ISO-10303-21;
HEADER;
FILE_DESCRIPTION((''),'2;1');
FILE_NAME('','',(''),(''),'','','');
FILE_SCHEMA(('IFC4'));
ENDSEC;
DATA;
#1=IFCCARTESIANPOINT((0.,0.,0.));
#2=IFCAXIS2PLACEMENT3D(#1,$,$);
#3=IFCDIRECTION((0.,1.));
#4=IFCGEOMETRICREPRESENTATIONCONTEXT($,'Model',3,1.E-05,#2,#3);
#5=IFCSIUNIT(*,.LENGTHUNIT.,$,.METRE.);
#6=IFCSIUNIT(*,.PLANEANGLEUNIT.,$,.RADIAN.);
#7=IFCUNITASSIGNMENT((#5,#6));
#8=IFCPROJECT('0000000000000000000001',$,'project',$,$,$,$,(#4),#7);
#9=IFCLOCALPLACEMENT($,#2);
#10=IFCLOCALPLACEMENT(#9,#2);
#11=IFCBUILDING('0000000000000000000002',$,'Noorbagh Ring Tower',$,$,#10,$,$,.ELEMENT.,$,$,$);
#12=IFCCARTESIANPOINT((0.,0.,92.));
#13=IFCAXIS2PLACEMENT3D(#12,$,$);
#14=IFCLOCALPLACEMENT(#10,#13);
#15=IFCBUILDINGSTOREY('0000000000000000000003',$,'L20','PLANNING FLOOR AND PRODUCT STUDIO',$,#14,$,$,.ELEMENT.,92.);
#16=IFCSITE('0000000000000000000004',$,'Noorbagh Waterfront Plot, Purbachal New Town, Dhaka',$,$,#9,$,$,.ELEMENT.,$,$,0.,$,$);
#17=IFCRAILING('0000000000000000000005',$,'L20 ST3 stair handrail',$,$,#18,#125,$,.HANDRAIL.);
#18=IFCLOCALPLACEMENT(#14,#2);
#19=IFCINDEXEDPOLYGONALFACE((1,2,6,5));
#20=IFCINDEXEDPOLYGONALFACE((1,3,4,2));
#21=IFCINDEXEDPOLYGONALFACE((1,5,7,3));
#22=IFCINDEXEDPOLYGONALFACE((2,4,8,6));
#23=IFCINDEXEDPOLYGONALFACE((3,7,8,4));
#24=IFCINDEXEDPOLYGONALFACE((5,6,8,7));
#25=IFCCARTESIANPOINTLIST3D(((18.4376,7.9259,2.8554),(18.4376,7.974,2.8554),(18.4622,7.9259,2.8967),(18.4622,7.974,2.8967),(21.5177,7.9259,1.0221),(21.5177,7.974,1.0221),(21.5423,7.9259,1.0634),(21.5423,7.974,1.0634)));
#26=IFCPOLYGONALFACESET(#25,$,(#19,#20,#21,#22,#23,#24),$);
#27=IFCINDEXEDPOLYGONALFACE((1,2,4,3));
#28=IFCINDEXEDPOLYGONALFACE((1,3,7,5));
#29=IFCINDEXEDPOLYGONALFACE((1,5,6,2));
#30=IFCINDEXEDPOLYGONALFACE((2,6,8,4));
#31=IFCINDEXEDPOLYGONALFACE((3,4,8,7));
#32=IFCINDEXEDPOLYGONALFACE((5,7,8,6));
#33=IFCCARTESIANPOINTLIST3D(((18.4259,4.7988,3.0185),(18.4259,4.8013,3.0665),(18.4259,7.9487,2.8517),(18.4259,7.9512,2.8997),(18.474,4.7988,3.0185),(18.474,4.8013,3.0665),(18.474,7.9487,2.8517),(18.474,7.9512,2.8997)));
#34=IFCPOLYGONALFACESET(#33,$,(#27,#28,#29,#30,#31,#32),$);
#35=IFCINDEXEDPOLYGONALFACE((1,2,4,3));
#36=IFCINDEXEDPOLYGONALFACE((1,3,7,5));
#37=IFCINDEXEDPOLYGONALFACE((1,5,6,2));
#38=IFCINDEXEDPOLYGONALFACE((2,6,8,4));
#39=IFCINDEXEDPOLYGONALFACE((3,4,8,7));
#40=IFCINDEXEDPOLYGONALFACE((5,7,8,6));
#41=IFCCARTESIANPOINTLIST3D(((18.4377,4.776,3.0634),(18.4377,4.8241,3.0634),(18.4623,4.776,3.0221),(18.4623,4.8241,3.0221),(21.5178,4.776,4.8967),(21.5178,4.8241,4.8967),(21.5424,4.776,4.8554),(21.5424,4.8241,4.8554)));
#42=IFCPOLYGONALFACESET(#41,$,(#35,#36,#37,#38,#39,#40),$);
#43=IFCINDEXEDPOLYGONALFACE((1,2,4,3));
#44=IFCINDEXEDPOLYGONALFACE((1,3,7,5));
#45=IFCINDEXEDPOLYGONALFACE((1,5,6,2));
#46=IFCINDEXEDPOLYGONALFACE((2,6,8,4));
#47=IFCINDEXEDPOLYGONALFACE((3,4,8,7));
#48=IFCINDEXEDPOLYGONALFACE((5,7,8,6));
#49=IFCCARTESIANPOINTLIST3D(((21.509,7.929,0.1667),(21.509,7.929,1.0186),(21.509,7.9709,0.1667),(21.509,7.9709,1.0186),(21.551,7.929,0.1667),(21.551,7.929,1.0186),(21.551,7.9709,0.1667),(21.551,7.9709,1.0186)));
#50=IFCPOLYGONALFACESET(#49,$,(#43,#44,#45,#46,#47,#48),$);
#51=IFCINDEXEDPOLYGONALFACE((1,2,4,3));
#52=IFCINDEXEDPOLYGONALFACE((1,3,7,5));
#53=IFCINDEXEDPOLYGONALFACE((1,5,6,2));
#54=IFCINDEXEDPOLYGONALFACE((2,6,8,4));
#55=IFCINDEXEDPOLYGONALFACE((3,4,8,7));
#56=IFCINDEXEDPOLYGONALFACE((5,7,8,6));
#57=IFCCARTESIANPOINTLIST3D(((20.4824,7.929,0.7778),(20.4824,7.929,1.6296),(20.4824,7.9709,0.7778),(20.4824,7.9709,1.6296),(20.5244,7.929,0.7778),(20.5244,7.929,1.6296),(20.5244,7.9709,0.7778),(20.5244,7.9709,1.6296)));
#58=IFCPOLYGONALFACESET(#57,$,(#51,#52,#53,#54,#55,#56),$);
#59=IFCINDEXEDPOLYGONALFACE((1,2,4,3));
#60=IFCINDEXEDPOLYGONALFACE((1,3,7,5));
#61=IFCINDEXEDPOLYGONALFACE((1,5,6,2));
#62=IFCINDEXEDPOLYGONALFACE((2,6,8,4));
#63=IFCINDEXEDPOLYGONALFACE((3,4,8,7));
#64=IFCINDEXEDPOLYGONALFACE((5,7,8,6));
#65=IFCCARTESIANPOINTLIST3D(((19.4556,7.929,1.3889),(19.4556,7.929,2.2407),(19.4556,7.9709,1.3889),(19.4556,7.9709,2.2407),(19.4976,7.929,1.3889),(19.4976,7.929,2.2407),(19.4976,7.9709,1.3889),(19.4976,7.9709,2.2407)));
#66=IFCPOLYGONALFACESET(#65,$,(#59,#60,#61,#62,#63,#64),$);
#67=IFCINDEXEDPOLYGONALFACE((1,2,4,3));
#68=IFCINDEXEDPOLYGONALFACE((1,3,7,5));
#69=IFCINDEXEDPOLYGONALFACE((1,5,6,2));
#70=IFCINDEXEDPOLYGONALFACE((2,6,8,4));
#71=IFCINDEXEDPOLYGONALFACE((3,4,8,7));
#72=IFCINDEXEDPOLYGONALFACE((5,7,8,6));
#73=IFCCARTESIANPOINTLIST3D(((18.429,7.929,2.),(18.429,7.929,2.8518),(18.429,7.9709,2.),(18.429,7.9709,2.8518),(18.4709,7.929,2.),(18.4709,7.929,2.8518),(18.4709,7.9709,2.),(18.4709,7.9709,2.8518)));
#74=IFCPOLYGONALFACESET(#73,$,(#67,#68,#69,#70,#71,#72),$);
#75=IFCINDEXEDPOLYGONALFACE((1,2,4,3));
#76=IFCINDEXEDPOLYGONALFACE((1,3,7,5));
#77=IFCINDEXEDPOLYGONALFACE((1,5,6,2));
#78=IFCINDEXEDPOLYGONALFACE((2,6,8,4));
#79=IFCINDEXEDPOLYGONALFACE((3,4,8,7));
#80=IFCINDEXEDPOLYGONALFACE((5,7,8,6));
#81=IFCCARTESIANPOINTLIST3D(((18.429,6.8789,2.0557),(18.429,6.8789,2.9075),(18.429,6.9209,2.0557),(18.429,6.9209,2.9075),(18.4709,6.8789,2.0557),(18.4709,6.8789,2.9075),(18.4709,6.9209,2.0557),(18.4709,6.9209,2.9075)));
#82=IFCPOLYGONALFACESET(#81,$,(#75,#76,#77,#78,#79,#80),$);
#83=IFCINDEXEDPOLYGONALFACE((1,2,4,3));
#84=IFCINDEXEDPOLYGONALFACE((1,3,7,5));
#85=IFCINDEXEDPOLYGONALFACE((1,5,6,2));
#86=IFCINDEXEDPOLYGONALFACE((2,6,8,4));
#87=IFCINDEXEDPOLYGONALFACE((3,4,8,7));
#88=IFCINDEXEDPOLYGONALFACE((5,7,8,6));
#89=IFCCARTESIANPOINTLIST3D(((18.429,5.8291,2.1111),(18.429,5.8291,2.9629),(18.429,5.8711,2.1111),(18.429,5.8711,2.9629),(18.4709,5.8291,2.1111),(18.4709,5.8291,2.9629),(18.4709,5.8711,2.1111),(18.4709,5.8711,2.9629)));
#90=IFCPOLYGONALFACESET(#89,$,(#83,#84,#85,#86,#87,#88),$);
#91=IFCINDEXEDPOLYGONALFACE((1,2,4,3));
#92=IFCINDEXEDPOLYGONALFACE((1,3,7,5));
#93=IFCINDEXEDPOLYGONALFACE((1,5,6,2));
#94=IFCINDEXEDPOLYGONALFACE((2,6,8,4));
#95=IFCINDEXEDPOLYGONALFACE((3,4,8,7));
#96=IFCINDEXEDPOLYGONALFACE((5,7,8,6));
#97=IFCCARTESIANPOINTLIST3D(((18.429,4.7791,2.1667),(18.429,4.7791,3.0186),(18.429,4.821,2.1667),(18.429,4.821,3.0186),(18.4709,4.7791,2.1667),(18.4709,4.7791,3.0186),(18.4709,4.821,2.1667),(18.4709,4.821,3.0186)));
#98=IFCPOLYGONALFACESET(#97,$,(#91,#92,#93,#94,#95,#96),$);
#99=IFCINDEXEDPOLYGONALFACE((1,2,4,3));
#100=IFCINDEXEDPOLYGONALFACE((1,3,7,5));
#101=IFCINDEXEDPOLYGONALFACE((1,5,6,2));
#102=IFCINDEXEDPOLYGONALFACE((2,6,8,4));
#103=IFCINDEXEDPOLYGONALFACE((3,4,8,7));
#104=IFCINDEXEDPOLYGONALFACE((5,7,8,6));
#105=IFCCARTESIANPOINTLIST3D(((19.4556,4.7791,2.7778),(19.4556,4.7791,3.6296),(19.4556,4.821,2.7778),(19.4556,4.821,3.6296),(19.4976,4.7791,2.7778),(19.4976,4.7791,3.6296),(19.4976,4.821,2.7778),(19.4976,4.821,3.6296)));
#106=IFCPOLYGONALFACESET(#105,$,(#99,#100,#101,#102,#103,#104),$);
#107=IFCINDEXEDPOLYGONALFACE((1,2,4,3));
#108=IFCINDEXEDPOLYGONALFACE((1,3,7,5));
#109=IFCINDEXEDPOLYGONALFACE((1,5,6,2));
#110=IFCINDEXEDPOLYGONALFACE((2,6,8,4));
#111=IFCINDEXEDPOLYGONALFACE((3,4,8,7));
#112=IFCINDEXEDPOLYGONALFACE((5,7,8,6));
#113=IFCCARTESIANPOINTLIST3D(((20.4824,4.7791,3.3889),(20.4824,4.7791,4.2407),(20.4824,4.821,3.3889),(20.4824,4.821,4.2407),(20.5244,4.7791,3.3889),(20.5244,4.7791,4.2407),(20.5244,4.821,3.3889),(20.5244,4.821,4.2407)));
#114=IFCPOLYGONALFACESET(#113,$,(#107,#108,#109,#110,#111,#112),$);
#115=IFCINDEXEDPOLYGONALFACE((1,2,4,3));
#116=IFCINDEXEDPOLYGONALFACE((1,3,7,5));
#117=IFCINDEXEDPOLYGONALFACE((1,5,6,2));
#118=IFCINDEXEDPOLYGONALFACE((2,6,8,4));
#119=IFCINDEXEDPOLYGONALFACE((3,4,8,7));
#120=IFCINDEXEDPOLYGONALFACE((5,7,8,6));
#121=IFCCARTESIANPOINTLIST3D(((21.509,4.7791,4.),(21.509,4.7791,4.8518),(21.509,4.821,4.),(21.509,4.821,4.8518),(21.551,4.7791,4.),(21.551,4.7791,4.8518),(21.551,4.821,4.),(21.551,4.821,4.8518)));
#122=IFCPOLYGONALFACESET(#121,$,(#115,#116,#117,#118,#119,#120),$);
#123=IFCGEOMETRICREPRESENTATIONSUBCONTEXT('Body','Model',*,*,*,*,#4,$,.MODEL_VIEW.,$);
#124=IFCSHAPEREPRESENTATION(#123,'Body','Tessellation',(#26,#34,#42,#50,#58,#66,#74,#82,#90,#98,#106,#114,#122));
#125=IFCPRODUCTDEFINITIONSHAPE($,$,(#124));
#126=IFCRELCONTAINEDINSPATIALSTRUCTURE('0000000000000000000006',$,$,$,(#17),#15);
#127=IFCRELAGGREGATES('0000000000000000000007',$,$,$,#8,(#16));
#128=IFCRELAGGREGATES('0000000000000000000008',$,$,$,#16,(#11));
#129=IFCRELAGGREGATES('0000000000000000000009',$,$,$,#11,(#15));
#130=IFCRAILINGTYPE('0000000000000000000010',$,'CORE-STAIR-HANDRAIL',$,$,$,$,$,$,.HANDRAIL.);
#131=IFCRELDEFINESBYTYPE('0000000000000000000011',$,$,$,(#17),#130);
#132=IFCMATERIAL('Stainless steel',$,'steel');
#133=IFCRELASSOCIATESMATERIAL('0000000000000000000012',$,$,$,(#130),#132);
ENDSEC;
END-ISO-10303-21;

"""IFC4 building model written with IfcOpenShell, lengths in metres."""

from ifc_helpers import new_model, si_unit, direction, frame, origin, origin_2d, place, context, subcontext, project, spatial, rectangle, extrude, material, type_object, element, save


model = new_model("IFC4")

# Units and contexts
model_context = context("Model", 3, precision=1e-05, world=origin(), true_north=direction((0.0, 1.0)))
body_context = subcontext(model_context, "Body", "Model", "MODEL_VIEW")
ifc_project = project(units=[si_unit("LENGTHUNIT", "METRE"), si_unit("PLANEANGLEUNIT", "RADIAN")], contexts=[model_context])

# Site, building, storey
site_placement = place(None, origin())
site = spatial("IfcSite", under=ifc_project, at=site_placement, Name="Noorbagh Waterfront Plot, Purbachal New Town, Dhaka", CompositionType="ELEMENT", RefElevation=0.0)
building_placement = place(site_placement, origin())
building = spatial("IfcBuilding", under=site, at=building_placement, Name="Noorbagh Ring Tower", CompositionType="ELEMENT")
storey_placement = place(building_placement, frame((0.0, 0.0, 92.0)))
storey = spatial("IfcBuildingStorey", under=building, at=storey_placement, Name="L20", Description="PLANNING FLOOR AND PRODUCT STUDIO", CompositionType="ELEMENT", Elevation=92.0)

# Railing
ifc_material_1 = material(Name="Stainless steel", Category="steel")
railing_type_1 = type_object("IfcRailingType", Name="CORE-STAIR-HANDRAIL", PredefinedType="HANDRAIL", material=ifc_material_1)
railing_1_placement = place(storey_placement, frame((21.53, 7.95, 0.1667)))
element("IfcRailing", 1, at=railing_1_placement, inside=storey, type_object=railing_type_1, Name="L20 ST3 stair handrail", PredefinedType="HANDRAIL", context=body_context, shape_type="SweptSolid", body=[
    extrude(rectangle(XDim=0.0481, YDim=0.0481, at=origin_2d()), frame((0.0, 0.0, 0.876), z_axis=(-0.859309, 0.0, 0.511458), x_axis=(0.0, -1.0, 0.0)), (0.0, 0.0, 1.0), 3.5845),
    extrude(rectangle(XDim=0.0481, YDim=0.0481, at=origin_2d()), frame((-3.0801, 0.0, 2.709), z_axis=(0.0, -0.998602, 0.052864), x_axis=(1.0, 0.0, 0.0)), (0.0, 0.0, 1.0), 3.1543),
    extrude(rectangle(XDim=0.0481, YDim=0.0481, at=origin_2d()), frame((-3.0801, -3.1499, 2.876), z_axis=(0.859309, 0.0, 0.511458), x_axis=(0.0, 1.0, 0.0)), (0.0, 0.0, 1.0), 3.5845),
    extrude(rectangle(XDim=0.042, YDim=0.042, at=origin_2d()), origin(), (0.0, 0.0, 1.0), 0.8518),
    extrude(rectangle(XDim=0.042, YDim=0.042, at=origin_2d()), frame((-1.0266, 0.0, 0.6111)), (0.0, 0.0, 1.0), 0.8518),
    extrude(rectangle(XDim=0.042, YDim=0.042, at=origin_2d()), frame((-2.0535, 0.0, 1.2222)), (0.0, 0.0, 1.0), 0.8518),
    extrude(rectangle(XDim=0.042, YDim=0.042, at=origin_2d()), frame((-3.0801, 0.0, 1.8333)), (0.0, 0.0, 1.0), 0.8518),
    extrude(rectangle(XDim=0.042, YDim=0.042, at=origin_2d()), frame((-3.0801, -1.05, 1.8889)), (0.0, 0.0, 1.0), 0.8518),
    extrude(rectangle(XDim=0.042, YDim=0.042, at=origin_2d()), frame((-3.0801, -2.0999, 1.9443)), (0.0, 0.0, 1.0), 0.8518),
    extrude(rectangle(XDim=0.042, YDim=0.042, at=origin_2d()), frame((-3.0801, -3.1499, 2.0)), (0.0, 0.0, 1.0), 0.8518),
    extrude(rectangle(XDim=0.042, YDim=0.042, at=origin_2d()), frame((-2.0535, -3.1499, 2.6111)), (0.0, 0.0, 1.0), 0.8518),
    extrude(rectangle(XDim=0.042, YDim=0.042, at=origin_2d()), frame((-1.0266, -3.1499, 3.2222)), (0.0, 0.0, 1.0), 0.8518),
    extrude(rectangle(XDim=0.042, YDim=0.042, at=origin_2d()), frame((0.0, -3.1499, 3.8333)), (0.0, 0.0, 1.0), 0.8518),
])

save(model, "model.ifc")
